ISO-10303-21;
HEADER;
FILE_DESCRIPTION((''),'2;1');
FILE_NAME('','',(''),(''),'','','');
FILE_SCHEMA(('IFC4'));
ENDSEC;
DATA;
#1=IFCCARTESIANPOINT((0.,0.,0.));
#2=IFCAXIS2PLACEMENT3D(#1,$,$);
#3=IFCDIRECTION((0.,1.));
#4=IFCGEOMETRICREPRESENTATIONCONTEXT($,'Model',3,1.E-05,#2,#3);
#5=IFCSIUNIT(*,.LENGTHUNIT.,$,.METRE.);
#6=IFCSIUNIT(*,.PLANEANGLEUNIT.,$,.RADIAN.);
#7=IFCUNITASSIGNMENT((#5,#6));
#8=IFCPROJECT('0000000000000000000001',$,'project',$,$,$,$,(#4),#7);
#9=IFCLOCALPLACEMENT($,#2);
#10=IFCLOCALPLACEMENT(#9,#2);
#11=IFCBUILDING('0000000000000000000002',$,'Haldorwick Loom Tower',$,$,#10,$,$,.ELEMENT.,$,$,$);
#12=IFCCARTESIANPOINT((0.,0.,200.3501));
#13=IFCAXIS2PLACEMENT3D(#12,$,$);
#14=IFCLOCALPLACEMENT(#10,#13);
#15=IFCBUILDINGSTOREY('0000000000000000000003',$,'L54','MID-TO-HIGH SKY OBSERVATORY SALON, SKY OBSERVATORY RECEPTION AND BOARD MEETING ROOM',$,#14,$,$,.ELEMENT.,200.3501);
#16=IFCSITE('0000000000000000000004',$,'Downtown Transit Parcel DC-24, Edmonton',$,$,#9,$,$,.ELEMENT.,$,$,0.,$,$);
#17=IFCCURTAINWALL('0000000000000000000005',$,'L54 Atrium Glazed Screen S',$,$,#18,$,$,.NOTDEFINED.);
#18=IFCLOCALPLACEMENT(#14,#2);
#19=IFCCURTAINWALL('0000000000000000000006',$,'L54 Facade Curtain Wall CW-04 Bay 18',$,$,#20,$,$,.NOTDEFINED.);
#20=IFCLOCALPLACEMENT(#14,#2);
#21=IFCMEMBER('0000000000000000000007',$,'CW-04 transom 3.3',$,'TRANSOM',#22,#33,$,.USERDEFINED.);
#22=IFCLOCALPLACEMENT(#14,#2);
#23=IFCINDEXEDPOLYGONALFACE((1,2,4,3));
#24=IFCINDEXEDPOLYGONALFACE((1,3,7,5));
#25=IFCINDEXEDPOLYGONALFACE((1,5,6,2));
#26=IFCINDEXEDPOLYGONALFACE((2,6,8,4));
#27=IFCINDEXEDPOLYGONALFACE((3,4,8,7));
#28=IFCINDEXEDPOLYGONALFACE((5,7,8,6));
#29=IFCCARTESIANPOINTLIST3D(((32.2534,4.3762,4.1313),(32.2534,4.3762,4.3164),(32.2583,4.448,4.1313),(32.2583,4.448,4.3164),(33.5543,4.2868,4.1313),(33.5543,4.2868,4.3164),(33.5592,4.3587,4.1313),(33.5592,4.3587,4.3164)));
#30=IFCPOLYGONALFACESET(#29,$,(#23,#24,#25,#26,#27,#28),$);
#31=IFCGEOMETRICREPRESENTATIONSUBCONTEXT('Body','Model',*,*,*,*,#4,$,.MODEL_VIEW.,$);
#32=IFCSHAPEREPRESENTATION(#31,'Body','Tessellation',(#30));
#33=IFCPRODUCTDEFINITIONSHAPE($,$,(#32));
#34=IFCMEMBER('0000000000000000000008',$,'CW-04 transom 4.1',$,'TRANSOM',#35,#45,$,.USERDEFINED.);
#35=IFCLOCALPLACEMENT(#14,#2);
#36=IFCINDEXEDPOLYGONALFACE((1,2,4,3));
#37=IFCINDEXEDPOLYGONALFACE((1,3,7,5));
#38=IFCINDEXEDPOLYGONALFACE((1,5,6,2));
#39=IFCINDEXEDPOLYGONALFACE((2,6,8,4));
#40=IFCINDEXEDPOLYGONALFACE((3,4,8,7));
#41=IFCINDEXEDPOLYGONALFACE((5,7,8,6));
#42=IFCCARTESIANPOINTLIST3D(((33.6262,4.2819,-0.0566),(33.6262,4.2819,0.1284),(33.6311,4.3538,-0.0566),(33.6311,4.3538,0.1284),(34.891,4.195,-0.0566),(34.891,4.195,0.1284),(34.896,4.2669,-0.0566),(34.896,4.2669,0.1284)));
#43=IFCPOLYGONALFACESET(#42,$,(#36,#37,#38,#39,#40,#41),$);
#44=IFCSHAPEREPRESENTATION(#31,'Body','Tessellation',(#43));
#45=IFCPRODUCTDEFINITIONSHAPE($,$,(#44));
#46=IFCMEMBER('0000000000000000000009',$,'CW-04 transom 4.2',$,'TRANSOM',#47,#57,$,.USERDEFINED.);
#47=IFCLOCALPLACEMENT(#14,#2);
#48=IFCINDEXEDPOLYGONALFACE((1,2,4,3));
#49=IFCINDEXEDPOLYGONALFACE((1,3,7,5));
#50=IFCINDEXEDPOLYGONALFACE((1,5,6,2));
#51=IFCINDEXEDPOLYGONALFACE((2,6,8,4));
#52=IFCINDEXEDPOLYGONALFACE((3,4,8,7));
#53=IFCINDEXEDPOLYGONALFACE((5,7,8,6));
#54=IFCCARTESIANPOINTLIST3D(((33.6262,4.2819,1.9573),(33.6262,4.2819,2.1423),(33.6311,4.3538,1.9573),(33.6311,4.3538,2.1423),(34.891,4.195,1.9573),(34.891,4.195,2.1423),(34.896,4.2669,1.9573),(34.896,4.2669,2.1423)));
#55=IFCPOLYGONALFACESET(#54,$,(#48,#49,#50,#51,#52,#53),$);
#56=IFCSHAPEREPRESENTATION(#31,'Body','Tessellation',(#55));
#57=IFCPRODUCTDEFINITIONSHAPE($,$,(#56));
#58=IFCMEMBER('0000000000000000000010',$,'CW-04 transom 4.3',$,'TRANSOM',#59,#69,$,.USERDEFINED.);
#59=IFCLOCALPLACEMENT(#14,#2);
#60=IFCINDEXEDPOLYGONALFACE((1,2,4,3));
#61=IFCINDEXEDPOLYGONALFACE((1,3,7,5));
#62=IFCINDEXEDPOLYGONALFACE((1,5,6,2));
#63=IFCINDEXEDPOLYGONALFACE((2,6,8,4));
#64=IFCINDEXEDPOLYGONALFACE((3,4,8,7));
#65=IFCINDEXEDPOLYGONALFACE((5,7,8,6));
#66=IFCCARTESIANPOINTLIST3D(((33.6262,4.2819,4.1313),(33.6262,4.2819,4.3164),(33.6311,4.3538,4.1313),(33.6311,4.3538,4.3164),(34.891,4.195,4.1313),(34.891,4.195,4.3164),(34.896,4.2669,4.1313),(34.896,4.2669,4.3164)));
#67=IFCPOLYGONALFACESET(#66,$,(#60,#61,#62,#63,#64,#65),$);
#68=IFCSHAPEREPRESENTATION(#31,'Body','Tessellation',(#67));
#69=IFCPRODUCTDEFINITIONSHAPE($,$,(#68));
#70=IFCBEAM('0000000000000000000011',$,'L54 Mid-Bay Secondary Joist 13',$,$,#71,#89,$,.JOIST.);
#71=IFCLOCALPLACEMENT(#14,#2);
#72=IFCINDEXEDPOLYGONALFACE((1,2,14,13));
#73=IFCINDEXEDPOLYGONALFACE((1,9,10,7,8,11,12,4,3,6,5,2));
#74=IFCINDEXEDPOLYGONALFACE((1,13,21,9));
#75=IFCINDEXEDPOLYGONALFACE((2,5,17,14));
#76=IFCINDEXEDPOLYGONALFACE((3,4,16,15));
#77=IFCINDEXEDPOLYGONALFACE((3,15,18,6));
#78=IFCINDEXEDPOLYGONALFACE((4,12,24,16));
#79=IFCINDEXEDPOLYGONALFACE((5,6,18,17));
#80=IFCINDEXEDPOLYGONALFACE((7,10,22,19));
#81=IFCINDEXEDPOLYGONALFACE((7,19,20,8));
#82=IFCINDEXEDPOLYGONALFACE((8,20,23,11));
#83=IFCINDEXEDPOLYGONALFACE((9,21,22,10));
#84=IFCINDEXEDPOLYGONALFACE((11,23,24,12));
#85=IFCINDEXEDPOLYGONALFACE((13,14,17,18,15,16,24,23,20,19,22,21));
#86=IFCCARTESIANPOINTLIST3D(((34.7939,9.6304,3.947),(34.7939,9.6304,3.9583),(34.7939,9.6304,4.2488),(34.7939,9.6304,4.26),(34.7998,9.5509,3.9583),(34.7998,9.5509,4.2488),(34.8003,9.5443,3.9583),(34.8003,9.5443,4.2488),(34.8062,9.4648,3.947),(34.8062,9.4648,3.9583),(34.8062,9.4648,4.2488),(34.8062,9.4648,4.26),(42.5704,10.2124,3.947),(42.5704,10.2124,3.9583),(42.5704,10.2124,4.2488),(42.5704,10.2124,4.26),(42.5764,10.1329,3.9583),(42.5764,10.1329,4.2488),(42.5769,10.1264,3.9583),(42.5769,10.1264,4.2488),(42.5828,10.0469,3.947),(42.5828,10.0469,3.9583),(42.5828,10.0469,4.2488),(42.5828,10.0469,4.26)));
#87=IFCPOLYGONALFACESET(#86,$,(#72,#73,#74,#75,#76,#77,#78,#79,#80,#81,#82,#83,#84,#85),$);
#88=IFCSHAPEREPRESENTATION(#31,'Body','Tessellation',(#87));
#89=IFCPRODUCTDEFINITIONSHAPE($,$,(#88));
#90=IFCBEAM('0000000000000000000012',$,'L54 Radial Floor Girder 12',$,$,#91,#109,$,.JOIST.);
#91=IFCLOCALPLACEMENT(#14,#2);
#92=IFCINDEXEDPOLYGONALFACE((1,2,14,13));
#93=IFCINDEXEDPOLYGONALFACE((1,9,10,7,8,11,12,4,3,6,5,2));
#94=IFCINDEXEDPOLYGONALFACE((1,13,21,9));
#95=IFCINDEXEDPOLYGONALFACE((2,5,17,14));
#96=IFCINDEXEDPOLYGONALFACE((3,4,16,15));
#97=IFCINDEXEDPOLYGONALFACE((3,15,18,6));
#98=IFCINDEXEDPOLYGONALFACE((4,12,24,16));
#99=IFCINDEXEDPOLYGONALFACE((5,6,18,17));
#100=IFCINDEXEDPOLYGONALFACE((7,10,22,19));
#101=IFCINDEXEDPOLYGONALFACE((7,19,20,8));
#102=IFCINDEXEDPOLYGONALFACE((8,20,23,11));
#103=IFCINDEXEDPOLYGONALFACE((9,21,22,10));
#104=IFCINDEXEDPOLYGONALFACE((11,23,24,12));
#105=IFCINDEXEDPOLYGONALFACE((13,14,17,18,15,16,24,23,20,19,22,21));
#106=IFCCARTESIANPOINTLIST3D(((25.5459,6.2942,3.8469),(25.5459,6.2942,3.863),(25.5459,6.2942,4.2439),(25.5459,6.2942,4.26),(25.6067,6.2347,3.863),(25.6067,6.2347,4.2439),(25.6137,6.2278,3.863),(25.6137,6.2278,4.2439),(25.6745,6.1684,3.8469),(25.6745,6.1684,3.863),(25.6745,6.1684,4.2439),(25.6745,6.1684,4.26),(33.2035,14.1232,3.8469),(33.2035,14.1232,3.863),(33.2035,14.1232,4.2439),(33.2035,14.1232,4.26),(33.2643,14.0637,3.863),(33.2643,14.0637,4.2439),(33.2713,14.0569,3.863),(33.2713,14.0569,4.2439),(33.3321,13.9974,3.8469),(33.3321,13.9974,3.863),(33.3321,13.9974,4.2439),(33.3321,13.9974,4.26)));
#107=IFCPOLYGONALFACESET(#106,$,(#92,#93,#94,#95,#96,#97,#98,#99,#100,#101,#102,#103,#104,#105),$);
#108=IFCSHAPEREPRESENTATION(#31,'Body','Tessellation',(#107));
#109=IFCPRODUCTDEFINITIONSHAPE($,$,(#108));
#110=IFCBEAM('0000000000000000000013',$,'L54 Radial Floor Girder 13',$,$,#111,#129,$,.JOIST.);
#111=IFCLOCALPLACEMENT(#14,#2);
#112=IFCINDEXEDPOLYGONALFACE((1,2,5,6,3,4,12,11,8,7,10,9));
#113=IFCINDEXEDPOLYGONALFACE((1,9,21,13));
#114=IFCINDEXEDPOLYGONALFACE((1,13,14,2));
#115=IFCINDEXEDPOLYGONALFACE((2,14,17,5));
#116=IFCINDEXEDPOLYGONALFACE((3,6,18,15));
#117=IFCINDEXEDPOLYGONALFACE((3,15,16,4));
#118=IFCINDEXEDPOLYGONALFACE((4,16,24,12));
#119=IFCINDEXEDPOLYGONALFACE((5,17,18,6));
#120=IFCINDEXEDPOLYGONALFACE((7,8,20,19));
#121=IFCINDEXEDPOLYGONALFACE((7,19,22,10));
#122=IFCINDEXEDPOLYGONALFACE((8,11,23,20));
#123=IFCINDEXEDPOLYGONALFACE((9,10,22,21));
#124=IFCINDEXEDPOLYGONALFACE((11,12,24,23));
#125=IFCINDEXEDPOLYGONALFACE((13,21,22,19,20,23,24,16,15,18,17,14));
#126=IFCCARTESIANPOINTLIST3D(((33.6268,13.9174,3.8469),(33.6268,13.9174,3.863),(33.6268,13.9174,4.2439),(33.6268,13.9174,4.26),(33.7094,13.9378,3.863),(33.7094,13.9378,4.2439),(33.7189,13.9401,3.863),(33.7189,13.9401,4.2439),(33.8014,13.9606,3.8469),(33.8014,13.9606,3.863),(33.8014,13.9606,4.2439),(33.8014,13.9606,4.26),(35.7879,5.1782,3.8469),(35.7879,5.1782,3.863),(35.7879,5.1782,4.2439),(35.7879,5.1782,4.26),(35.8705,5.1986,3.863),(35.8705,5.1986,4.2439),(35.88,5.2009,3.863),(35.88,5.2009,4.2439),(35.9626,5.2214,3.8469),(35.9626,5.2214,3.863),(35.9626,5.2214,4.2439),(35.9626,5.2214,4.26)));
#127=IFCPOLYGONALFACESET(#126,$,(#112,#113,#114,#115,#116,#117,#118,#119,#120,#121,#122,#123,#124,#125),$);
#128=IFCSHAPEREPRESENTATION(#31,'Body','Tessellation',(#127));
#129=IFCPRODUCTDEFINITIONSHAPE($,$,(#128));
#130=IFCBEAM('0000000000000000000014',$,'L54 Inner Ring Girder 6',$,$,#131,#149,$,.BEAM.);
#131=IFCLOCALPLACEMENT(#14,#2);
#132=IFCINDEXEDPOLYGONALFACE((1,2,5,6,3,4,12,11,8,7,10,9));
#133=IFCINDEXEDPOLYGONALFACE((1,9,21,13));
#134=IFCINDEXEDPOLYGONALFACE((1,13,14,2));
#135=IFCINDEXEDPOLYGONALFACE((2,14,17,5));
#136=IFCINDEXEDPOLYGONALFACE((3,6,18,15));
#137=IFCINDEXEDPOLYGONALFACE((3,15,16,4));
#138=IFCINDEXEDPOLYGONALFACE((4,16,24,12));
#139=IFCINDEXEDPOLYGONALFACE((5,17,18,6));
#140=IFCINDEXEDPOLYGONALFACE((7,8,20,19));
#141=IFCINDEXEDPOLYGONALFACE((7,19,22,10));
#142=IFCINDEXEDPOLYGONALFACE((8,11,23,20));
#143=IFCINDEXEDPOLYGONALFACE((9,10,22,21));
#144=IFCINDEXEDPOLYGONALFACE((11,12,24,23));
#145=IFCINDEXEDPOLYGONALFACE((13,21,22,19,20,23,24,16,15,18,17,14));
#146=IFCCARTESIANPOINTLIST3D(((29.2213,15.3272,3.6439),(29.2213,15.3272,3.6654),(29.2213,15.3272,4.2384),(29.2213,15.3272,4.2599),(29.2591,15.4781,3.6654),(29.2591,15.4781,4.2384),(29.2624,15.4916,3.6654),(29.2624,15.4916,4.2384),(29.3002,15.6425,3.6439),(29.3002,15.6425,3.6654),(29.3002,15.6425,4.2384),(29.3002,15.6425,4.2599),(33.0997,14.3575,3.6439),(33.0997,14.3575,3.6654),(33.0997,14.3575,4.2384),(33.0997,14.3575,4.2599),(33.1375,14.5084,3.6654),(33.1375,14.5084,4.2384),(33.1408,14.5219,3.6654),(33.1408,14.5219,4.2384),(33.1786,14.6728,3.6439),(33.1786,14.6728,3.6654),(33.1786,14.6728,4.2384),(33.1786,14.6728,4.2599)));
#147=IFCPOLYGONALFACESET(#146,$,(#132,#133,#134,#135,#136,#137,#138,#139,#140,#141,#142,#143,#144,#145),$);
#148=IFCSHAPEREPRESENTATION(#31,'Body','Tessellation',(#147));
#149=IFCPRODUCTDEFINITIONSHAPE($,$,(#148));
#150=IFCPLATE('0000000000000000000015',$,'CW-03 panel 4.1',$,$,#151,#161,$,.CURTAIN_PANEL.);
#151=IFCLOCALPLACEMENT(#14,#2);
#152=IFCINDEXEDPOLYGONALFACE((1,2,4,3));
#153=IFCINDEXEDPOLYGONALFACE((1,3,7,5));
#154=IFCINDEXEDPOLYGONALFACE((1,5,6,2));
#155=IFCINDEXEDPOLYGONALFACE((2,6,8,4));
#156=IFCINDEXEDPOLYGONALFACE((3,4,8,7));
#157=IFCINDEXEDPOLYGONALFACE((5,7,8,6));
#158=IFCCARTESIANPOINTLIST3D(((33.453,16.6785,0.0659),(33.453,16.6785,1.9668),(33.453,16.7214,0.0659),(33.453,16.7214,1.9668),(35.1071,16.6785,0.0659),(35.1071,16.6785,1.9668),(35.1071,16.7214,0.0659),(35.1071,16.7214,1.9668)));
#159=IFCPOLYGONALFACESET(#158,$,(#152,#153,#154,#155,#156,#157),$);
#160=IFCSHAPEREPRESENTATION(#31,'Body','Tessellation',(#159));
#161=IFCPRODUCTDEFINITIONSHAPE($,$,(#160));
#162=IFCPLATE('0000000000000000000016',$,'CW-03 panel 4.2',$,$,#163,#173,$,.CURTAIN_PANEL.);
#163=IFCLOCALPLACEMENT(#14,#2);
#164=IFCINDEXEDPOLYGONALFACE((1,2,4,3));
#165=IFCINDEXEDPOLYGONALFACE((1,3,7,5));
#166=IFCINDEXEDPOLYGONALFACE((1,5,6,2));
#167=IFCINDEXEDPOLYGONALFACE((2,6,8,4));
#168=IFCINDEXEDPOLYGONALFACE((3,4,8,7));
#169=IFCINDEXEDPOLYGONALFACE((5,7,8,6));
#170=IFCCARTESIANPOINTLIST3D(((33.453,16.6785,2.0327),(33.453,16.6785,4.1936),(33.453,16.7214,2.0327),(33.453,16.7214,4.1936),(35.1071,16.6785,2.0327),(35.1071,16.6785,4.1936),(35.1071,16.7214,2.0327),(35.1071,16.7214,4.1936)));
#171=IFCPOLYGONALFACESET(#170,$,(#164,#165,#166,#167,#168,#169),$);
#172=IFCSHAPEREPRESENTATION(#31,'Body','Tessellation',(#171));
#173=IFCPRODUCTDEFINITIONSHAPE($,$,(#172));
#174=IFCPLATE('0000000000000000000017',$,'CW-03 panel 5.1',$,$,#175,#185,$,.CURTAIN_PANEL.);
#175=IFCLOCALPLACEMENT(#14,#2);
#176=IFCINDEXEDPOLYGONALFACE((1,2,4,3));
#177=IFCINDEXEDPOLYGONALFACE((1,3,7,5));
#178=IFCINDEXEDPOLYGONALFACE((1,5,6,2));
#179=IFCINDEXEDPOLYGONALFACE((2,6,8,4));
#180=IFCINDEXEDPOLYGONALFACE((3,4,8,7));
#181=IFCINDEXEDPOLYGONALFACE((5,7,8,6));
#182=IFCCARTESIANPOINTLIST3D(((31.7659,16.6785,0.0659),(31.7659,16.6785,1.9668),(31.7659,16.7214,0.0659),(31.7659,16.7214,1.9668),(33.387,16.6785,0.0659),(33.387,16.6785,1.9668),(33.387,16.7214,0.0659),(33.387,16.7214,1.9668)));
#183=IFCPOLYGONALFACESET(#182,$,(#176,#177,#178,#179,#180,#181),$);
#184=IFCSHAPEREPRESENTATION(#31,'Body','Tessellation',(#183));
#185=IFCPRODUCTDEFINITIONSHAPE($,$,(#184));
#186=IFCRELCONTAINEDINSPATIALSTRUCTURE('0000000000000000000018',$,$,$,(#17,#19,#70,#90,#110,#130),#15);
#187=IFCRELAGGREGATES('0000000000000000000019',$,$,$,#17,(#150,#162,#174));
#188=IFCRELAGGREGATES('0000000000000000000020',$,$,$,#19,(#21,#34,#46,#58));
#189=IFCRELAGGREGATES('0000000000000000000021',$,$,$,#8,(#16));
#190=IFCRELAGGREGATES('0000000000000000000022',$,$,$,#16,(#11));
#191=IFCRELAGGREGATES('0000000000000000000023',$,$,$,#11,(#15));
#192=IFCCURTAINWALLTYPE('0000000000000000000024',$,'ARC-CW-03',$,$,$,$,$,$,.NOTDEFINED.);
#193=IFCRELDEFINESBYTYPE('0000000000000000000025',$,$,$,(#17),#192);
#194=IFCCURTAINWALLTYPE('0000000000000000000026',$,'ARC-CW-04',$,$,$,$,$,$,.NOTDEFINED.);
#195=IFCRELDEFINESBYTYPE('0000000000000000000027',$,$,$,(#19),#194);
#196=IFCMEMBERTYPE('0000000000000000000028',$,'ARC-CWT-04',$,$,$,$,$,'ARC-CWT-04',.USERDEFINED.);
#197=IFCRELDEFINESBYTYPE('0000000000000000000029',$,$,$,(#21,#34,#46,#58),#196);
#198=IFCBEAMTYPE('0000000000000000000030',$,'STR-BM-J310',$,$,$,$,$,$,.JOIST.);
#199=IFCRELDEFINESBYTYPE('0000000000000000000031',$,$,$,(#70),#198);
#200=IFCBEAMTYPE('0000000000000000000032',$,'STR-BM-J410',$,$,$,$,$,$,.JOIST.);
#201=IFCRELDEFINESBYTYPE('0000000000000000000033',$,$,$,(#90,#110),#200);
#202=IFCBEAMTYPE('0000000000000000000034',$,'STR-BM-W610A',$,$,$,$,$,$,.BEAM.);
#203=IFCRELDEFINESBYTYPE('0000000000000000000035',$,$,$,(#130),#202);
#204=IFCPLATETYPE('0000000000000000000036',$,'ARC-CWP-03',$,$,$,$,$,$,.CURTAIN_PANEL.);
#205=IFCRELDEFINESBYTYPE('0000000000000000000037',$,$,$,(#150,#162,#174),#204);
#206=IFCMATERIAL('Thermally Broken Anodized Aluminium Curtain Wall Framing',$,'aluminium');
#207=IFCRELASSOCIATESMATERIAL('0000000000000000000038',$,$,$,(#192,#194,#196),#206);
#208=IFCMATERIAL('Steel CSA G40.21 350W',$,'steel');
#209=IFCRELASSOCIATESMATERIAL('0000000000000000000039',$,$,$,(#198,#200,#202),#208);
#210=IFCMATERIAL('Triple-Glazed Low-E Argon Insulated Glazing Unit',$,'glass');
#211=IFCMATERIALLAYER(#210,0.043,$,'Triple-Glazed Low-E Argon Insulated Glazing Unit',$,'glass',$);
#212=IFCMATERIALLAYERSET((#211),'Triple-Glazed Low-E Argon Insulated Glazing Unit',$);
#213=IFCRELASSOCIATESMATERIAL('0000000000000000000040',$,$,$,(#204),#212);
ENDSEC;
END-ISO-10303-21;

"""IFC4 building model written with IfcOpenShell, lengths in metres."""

from ifc_helpers import new_model, si_unit, direction, frame, origin, origin_2d, place, context, subcontext, project, spatial, rectangle, i_section, extrude, material, layer, layer_set, material_profile, profile_set, type_object, element, aggregate, save


model = new_model("IFC4")

# Units and contexts
model_context = context("Model", 3, precision=1e-05, world=origin(), true_north=direction((0.0, 1.0)))
body_context = subcontext(model_context, "Body", "Model", "MODEL_VIEW")
ifc_project = project(units=[si_unit("LENGTHUNIT", "METRE"), si_unit("PLANEANGLEUNIT", "RADIAN")], contexts=[model_context])

# Site, building, storey
site_placement = place(None, origin())
site = spatial("IfcSite", under=ifc_project, at=site_placement, Name="Downtown Transit Parcel DC-24, Edmonton", CompositionType="ELEMENT", RefElevation=0.0)
building_placement = place(site_placement, origin())
building = spatial("IfcBuilding", under=site, at=building_placement, Name="Haldorwick Loom Tower", CompositionType="ELEMENT")
storey_placement = place(building_placement, frame((0.0, 0.0, 200.3501)))
storey = spatial("IfcBuildingStorey", under=building, at=storey_placement, Name="L54", Description="MID-TO-HIGH SKY OBSERVATORY SALON, SKY OBSERVATORY RECEPTION AND BOARD MEETING ROOM", CompositionType="ELEMENT", Elevation=200.3501)

# Curtain walls
ifc_material_1 = material(Name="Thermally Broken Anodized Aluminium Curtain Wall Framing", Category="aluminium")
curtain_wall_type_1 = type_object("IfcCurtainWallType", Name="ARC-CW-03", PredefinedType="NOTDEFINED", material=ifc_material_1)
curtain_wall_1_placement = place(storey_placement, origin())
curtain_wall_1 = element("IfcCurtainWall", 1, at=curtain_wall_1_placement, inside=storey, type_object=curtain_wall_type_1, Name="L54 Atrium Glazed Screen S", PredefinedType="NOTDEFINED")
curtain_wall_type_2 = type_object("IfcCurtainWallType", Name="ARC-CW-04", PredefinedType="NOTDEFINED", material=ifc_material_1)
curtain_wall_2_placement = place(storey_placement, origin())
curtain_wall_2 = element("IfcCurtainWall", 2, at=curtain_wall_2_placement, inside=storey, type_object=curtain_wall_type_2, Name="L54 Facade Curtain Wall CW-04 Bay 18", PredefinedType="NOTDEFINED")

# Members
ifc_material_profile_1 = material_profile(ifc_material_1, rectangle(XDim=0.072, YDim=0.1851, at=origin_2d()), Name="ALU_TRN_72X185", Category="aluminium")
ifc_profile_set_1 = profile_set([ifc_material_profile_1], Name="Thermally Broken Anodized Aluminium Curtain Wall Framing")
member_type_1 = type_object("IfcMemberType", Name="ARC-CWT-04", ElementType="ARC-CWT-04", PredefinedType="USERDEFINED", material=ifc_profile_set_1)
member_1_placement = place(storey_placement, frame((32.2559, 4.4121, 4.2239), z_axis=(0.997649, -0.068532, 0.0), x_axis=(0.068532, 0.997649, 0.0)))
member_1 = element("IfcMember", 3, at=member_1_placement, type_object=member_type_1, Name="CW-04 transom 3.3", ObjectType="TRANSOM", PredefinedType="USERDEFINED", context=body_context, shape_type="SweptSolid", body=[
    extrude(rectangle(XDim=0.072, YDim=0.1851, at=origin_2d()), origin(), (0.0, 0.0, 1.0), 1.304),
])
member_2_placement = place(storey_placement, frame((33.6287, 4.3179, 0.0359), z_axis=(0.997648, -0.068551, 0.0), x_axis=(0.068551, 0.997648, 0.0)))
member_2 = element("IfcMember", 4, at=member_2_placement, type_object=member_type_1, Name="CW-04 transom 4.1", ObjectType="TRANSOM", PredefinedType="USERDEFINED", context=body_context, shape_type="SweptSolid", body=[
    extrude(rectangle(XDim=0.072, YDim=0.1851, at=origin_2d()), origin(), (0.0, 0.0, 1.0), 1.2678),
])
member_3_placement = place(storey_placement, frame((33.6287, 4.3179, 2.0498), z_axis=(0.997648, -0.068551, 0.0), x_axis=(0.068551, 0.997648, 0.0)))
member_3 = element("IfcMember", 5, at=member_3_placement, type_object=member_type_1, Name="CW-04 transom 4.2", ObjectType="TRANSOM", PredefinedType="USERDEFINED", context=body_context, shape_type="SweptSolid", body=[
    extrude(rectangle(XDim=0.072, YDim=0.1851, at=origin_2d()), origin(), (0.0, 0.0, 1.0), 1.2678),
])
member_4_placement = place(storey_placement, frame((33.6287, 4.3179, 4.2239), z_axis=(0.997648, -0.068551, 0.0), x_axis=(0.068551, 0.997648, 0.0)))
member_4 = element("IfcMember", 6, at=member_4_placement, type_object=member_type_1, Name="CW-04 transom 4.3", ObjectType="TRANSOM", PredefinedType="USERDEFINED", context=body_context, shape_type="SweptSolid", body=[
    extrude(rectangle(XDim=0.072, YDim=0.1851, at=origin_2d()), origin(), (0.0, 0.0, 1.0), 1.2678),
])

# Beams
ifc_material_2 = material(Name="Steel CSA G40.21 350W", Category="steel")
ifc_material_profile_2 = material_profile(ifc_material_2, i_section(OverallWidth=0.166, OverallDepth=0.313, WebThickness=0.0066, FlangeThickness=0.0112, at=origin_2d()), Name="W310X45", Category="steel")
ifc_profile_set_2 = profile_set([ifc_material_profile_2], Name="Steel CSA G40.21 350W")
beam_type_1 = type_object("IfcBeamType", Name="STR-BM-J310", PredefinedType="JOIST", material=ifc_profile_set_2)
beam_1_placement = place(storey_placement, frame((34.8, 9.5476, 4.1035), z_axis=(0.997211, 0.074635, 0.0), x_axis=(-0.074635, 0.997211, 0.0)))
element("IfcBeam", 7, at=beam_1_placement, inside=storey, type_object=beam_type_1, Name="L54 Mid-Bay Secondary Joist 13", PredefinedType="JOIST", context=body_context, shape_type="SweptSolid", body=[
    extrude(i_section(OverallWidth=0.166, OverallDepth=0.313, WebThickness=0.0066, FlangeThickness=0.0112, at=origin_2d()), origin(), (0.0, 0.0, 1.0), 7.7983),
])
ifc_material_profile_3 = material_profile(ifc_material_2, i_section(OverallWidth=0.1799, OverallDepth=0.4131, WebThickness=0.0098, FlangeThickness=0.0161, at=origin_2d()), Name="W410X74", Category="steel")
ifc_profile_set_3 = profile_set([ifc_material_profile_3], Name="Steel CSA G40.21 350W")
beam_type_2 = type_object("IfcBeamType", Name="STR-BM-J410", PredefinedType="JOIST", material=ifc_profile_set_3)
beam_2_placement = place(storey_placement, frame((33.2678, 14.0603, 4.0535), z_axis=(-0.699239, -0.714888, 0.0), x_axis=(0.714888, -0.699239, 0.0)))
element("IfcBeam", 8, at=beam_2_placement, inside=storey, type_object=beam_type_2, Name="L54 Radial Floor Girder 12", PredefinedType="JOIST", context=body_context, shape_type="SweptSolid", body=[
    extrude(i_section(OverallWidth=0.1799, OverallDepth=0.4131, WebThickness=0.0098, FlangeThickness=0.0161, at=origin_2d()), origin(), (0.0, 0.0, 1.0), 10.9514),
])
beam_3_placement = place(storey_placement, frame((33.7141, 13.939, 4.0535), z_axis=(0.240059, -0.970758, 0.0), x_axis=(0.970758, 0.240059, 0.0)))
element("IfcBeam", 9, at=beam_3_placement, inside=storey, type_object=beam_type_2, Name="L54 Radial Floor Girder 13", PredefinedType="JOIST", context=body_context, shape_type="SweptSolid", body=[
    extrude(i_section(OverallWidth=0.1799, OverallDepth=0.4131, WebThickness=0.0098, FlangeThickness=0.0161, at=origin_2d()), origin(), (0.0, 0.0, 1.0), 9.0024),
])
ifc_material_profile_4 = material_profile(ifc_material_2, i_section(OverallWidth=0.325, OverallDepth=0.616, WebThickness=0.0139, FlangeThickness=0.0215, at=origin_2d()), Name="W610X174", Category="steel")
ifc_profile_set_4 = profile_set([ifc_material_profile_4], Name="Steel CSA G40.21 350W")
beam_type_3 = type_object("IfcBeamType", Name="STR-BM-W610A", PredefinedType="BEAM", material=ifc_profile_set_4)
beam_4_placement = place(storey_placement, frame((33.1392, 14.5151, 3.9519), z_axis=(-0.970135, 0.242564, 0.0), x_axis=(-0.242564, -0.970135, 0.0)))
element("IfcBeam", 10, at=beam_4_placement, inside=storey, type_object=beam_type_3, Name="L54 Inner Ring Girder 6", PredefinedType="BEAM", context=body_context, shape_type="SweptSolid", body=[
    extrude(i_section(OverallWidth=0.325, OverallDepth=0.616, WebThickness=0.0139, FlangeThickness=0.0215, at=origin_2d()), origin(), (0.0, 0.0, 1.0), 3.9978),
])

# Plates
ifc_material_3 = material(Name="Triple-Glazed Low-E Argon Insulated Glazing Unit", Category="glass")
ifc_layer_1 = layer(ifc_material_3, 0.043, Name="Triple-Glazed Low-E Argon Insulated Glazing Unit", Category="glass")
ifc_layer_set_1 = layer_set([ifc_layer_1], Name="Triple-Glazed Low-E Argon Insulated Glazing Unit")
plate_type_1 = type_object("IfcPlateType", Name="ARC-CWP-03", PredefinedType="CURTAIN_PANEL", material=ifc_layer_set_1)
plate_1_placement = place(storey_placement, frame((34.28, 16.7, 0.0659), z_axis=(0.0, 0.0, 1.0), x_axis=(-1.0, 0.0, 0.0)))
plate_1 = element("IfcPlate", 11, at=plate_1_placement, type_object=plate_type_1, Name="CW-03 panel 4.1", PredefinedType="CURTAIN_PANEL", context=body_context, shape_type="SweptSolid", body=[
    extrude(rectangle(XDim=1.6541, YDim=0.043, at=origin_2d()), origin(), (0.0, 0.0, 1.0), 1.9009),
])
plate_2_placement = place(storey_placement, frame((34.28, 16.7, 2.0327), z_axis=(0.0, 0.0, 1.0), x_axis=(-1.0, 0.0, 0.0)))
plate_2 = element("IfcPlate", 12, at=plate_2_placement, type_object=plate_type_1, Name="CW-03 panel 4.2", PredefinedType="CURTAIN_PANEL", context=body_context, shape_type="SweptSolid", body=[
    extrude(rectangle(XDim=1.6541, YDim=0.043, at=origin_2d()), origin(), (0.0, 0.0, 1.0), 2.1609),
])
plate_3_placement = place(storey_placement, frame((32.5764, 16.7, 0.0659), z_axis=(0.0, 0.0, 1.0), x_axis=(-1.0, 0.0, 0.0)))
plate_3 = element("IfcPlate", 13, at=plate_3_placement, type_object=plate_type_1, Name="CW-03 panel 5.1", PredefinedType="CURTAIN_PANEL", context=body_context, shape_type="SweptSolid", body=[
    extrude(rectangle(XDim=1.6211, YDim=0.043, at=origin_2d()), origin(), (0.0, 0.0, 1.0), 1.9009),
])
aggregate(curtain_wall_1, [plate_1, plate_2, plate_3])
aggregate(curtain_wall_2, [member_1, member_2, member_3, member_4])

save(model, "model.ifc")
